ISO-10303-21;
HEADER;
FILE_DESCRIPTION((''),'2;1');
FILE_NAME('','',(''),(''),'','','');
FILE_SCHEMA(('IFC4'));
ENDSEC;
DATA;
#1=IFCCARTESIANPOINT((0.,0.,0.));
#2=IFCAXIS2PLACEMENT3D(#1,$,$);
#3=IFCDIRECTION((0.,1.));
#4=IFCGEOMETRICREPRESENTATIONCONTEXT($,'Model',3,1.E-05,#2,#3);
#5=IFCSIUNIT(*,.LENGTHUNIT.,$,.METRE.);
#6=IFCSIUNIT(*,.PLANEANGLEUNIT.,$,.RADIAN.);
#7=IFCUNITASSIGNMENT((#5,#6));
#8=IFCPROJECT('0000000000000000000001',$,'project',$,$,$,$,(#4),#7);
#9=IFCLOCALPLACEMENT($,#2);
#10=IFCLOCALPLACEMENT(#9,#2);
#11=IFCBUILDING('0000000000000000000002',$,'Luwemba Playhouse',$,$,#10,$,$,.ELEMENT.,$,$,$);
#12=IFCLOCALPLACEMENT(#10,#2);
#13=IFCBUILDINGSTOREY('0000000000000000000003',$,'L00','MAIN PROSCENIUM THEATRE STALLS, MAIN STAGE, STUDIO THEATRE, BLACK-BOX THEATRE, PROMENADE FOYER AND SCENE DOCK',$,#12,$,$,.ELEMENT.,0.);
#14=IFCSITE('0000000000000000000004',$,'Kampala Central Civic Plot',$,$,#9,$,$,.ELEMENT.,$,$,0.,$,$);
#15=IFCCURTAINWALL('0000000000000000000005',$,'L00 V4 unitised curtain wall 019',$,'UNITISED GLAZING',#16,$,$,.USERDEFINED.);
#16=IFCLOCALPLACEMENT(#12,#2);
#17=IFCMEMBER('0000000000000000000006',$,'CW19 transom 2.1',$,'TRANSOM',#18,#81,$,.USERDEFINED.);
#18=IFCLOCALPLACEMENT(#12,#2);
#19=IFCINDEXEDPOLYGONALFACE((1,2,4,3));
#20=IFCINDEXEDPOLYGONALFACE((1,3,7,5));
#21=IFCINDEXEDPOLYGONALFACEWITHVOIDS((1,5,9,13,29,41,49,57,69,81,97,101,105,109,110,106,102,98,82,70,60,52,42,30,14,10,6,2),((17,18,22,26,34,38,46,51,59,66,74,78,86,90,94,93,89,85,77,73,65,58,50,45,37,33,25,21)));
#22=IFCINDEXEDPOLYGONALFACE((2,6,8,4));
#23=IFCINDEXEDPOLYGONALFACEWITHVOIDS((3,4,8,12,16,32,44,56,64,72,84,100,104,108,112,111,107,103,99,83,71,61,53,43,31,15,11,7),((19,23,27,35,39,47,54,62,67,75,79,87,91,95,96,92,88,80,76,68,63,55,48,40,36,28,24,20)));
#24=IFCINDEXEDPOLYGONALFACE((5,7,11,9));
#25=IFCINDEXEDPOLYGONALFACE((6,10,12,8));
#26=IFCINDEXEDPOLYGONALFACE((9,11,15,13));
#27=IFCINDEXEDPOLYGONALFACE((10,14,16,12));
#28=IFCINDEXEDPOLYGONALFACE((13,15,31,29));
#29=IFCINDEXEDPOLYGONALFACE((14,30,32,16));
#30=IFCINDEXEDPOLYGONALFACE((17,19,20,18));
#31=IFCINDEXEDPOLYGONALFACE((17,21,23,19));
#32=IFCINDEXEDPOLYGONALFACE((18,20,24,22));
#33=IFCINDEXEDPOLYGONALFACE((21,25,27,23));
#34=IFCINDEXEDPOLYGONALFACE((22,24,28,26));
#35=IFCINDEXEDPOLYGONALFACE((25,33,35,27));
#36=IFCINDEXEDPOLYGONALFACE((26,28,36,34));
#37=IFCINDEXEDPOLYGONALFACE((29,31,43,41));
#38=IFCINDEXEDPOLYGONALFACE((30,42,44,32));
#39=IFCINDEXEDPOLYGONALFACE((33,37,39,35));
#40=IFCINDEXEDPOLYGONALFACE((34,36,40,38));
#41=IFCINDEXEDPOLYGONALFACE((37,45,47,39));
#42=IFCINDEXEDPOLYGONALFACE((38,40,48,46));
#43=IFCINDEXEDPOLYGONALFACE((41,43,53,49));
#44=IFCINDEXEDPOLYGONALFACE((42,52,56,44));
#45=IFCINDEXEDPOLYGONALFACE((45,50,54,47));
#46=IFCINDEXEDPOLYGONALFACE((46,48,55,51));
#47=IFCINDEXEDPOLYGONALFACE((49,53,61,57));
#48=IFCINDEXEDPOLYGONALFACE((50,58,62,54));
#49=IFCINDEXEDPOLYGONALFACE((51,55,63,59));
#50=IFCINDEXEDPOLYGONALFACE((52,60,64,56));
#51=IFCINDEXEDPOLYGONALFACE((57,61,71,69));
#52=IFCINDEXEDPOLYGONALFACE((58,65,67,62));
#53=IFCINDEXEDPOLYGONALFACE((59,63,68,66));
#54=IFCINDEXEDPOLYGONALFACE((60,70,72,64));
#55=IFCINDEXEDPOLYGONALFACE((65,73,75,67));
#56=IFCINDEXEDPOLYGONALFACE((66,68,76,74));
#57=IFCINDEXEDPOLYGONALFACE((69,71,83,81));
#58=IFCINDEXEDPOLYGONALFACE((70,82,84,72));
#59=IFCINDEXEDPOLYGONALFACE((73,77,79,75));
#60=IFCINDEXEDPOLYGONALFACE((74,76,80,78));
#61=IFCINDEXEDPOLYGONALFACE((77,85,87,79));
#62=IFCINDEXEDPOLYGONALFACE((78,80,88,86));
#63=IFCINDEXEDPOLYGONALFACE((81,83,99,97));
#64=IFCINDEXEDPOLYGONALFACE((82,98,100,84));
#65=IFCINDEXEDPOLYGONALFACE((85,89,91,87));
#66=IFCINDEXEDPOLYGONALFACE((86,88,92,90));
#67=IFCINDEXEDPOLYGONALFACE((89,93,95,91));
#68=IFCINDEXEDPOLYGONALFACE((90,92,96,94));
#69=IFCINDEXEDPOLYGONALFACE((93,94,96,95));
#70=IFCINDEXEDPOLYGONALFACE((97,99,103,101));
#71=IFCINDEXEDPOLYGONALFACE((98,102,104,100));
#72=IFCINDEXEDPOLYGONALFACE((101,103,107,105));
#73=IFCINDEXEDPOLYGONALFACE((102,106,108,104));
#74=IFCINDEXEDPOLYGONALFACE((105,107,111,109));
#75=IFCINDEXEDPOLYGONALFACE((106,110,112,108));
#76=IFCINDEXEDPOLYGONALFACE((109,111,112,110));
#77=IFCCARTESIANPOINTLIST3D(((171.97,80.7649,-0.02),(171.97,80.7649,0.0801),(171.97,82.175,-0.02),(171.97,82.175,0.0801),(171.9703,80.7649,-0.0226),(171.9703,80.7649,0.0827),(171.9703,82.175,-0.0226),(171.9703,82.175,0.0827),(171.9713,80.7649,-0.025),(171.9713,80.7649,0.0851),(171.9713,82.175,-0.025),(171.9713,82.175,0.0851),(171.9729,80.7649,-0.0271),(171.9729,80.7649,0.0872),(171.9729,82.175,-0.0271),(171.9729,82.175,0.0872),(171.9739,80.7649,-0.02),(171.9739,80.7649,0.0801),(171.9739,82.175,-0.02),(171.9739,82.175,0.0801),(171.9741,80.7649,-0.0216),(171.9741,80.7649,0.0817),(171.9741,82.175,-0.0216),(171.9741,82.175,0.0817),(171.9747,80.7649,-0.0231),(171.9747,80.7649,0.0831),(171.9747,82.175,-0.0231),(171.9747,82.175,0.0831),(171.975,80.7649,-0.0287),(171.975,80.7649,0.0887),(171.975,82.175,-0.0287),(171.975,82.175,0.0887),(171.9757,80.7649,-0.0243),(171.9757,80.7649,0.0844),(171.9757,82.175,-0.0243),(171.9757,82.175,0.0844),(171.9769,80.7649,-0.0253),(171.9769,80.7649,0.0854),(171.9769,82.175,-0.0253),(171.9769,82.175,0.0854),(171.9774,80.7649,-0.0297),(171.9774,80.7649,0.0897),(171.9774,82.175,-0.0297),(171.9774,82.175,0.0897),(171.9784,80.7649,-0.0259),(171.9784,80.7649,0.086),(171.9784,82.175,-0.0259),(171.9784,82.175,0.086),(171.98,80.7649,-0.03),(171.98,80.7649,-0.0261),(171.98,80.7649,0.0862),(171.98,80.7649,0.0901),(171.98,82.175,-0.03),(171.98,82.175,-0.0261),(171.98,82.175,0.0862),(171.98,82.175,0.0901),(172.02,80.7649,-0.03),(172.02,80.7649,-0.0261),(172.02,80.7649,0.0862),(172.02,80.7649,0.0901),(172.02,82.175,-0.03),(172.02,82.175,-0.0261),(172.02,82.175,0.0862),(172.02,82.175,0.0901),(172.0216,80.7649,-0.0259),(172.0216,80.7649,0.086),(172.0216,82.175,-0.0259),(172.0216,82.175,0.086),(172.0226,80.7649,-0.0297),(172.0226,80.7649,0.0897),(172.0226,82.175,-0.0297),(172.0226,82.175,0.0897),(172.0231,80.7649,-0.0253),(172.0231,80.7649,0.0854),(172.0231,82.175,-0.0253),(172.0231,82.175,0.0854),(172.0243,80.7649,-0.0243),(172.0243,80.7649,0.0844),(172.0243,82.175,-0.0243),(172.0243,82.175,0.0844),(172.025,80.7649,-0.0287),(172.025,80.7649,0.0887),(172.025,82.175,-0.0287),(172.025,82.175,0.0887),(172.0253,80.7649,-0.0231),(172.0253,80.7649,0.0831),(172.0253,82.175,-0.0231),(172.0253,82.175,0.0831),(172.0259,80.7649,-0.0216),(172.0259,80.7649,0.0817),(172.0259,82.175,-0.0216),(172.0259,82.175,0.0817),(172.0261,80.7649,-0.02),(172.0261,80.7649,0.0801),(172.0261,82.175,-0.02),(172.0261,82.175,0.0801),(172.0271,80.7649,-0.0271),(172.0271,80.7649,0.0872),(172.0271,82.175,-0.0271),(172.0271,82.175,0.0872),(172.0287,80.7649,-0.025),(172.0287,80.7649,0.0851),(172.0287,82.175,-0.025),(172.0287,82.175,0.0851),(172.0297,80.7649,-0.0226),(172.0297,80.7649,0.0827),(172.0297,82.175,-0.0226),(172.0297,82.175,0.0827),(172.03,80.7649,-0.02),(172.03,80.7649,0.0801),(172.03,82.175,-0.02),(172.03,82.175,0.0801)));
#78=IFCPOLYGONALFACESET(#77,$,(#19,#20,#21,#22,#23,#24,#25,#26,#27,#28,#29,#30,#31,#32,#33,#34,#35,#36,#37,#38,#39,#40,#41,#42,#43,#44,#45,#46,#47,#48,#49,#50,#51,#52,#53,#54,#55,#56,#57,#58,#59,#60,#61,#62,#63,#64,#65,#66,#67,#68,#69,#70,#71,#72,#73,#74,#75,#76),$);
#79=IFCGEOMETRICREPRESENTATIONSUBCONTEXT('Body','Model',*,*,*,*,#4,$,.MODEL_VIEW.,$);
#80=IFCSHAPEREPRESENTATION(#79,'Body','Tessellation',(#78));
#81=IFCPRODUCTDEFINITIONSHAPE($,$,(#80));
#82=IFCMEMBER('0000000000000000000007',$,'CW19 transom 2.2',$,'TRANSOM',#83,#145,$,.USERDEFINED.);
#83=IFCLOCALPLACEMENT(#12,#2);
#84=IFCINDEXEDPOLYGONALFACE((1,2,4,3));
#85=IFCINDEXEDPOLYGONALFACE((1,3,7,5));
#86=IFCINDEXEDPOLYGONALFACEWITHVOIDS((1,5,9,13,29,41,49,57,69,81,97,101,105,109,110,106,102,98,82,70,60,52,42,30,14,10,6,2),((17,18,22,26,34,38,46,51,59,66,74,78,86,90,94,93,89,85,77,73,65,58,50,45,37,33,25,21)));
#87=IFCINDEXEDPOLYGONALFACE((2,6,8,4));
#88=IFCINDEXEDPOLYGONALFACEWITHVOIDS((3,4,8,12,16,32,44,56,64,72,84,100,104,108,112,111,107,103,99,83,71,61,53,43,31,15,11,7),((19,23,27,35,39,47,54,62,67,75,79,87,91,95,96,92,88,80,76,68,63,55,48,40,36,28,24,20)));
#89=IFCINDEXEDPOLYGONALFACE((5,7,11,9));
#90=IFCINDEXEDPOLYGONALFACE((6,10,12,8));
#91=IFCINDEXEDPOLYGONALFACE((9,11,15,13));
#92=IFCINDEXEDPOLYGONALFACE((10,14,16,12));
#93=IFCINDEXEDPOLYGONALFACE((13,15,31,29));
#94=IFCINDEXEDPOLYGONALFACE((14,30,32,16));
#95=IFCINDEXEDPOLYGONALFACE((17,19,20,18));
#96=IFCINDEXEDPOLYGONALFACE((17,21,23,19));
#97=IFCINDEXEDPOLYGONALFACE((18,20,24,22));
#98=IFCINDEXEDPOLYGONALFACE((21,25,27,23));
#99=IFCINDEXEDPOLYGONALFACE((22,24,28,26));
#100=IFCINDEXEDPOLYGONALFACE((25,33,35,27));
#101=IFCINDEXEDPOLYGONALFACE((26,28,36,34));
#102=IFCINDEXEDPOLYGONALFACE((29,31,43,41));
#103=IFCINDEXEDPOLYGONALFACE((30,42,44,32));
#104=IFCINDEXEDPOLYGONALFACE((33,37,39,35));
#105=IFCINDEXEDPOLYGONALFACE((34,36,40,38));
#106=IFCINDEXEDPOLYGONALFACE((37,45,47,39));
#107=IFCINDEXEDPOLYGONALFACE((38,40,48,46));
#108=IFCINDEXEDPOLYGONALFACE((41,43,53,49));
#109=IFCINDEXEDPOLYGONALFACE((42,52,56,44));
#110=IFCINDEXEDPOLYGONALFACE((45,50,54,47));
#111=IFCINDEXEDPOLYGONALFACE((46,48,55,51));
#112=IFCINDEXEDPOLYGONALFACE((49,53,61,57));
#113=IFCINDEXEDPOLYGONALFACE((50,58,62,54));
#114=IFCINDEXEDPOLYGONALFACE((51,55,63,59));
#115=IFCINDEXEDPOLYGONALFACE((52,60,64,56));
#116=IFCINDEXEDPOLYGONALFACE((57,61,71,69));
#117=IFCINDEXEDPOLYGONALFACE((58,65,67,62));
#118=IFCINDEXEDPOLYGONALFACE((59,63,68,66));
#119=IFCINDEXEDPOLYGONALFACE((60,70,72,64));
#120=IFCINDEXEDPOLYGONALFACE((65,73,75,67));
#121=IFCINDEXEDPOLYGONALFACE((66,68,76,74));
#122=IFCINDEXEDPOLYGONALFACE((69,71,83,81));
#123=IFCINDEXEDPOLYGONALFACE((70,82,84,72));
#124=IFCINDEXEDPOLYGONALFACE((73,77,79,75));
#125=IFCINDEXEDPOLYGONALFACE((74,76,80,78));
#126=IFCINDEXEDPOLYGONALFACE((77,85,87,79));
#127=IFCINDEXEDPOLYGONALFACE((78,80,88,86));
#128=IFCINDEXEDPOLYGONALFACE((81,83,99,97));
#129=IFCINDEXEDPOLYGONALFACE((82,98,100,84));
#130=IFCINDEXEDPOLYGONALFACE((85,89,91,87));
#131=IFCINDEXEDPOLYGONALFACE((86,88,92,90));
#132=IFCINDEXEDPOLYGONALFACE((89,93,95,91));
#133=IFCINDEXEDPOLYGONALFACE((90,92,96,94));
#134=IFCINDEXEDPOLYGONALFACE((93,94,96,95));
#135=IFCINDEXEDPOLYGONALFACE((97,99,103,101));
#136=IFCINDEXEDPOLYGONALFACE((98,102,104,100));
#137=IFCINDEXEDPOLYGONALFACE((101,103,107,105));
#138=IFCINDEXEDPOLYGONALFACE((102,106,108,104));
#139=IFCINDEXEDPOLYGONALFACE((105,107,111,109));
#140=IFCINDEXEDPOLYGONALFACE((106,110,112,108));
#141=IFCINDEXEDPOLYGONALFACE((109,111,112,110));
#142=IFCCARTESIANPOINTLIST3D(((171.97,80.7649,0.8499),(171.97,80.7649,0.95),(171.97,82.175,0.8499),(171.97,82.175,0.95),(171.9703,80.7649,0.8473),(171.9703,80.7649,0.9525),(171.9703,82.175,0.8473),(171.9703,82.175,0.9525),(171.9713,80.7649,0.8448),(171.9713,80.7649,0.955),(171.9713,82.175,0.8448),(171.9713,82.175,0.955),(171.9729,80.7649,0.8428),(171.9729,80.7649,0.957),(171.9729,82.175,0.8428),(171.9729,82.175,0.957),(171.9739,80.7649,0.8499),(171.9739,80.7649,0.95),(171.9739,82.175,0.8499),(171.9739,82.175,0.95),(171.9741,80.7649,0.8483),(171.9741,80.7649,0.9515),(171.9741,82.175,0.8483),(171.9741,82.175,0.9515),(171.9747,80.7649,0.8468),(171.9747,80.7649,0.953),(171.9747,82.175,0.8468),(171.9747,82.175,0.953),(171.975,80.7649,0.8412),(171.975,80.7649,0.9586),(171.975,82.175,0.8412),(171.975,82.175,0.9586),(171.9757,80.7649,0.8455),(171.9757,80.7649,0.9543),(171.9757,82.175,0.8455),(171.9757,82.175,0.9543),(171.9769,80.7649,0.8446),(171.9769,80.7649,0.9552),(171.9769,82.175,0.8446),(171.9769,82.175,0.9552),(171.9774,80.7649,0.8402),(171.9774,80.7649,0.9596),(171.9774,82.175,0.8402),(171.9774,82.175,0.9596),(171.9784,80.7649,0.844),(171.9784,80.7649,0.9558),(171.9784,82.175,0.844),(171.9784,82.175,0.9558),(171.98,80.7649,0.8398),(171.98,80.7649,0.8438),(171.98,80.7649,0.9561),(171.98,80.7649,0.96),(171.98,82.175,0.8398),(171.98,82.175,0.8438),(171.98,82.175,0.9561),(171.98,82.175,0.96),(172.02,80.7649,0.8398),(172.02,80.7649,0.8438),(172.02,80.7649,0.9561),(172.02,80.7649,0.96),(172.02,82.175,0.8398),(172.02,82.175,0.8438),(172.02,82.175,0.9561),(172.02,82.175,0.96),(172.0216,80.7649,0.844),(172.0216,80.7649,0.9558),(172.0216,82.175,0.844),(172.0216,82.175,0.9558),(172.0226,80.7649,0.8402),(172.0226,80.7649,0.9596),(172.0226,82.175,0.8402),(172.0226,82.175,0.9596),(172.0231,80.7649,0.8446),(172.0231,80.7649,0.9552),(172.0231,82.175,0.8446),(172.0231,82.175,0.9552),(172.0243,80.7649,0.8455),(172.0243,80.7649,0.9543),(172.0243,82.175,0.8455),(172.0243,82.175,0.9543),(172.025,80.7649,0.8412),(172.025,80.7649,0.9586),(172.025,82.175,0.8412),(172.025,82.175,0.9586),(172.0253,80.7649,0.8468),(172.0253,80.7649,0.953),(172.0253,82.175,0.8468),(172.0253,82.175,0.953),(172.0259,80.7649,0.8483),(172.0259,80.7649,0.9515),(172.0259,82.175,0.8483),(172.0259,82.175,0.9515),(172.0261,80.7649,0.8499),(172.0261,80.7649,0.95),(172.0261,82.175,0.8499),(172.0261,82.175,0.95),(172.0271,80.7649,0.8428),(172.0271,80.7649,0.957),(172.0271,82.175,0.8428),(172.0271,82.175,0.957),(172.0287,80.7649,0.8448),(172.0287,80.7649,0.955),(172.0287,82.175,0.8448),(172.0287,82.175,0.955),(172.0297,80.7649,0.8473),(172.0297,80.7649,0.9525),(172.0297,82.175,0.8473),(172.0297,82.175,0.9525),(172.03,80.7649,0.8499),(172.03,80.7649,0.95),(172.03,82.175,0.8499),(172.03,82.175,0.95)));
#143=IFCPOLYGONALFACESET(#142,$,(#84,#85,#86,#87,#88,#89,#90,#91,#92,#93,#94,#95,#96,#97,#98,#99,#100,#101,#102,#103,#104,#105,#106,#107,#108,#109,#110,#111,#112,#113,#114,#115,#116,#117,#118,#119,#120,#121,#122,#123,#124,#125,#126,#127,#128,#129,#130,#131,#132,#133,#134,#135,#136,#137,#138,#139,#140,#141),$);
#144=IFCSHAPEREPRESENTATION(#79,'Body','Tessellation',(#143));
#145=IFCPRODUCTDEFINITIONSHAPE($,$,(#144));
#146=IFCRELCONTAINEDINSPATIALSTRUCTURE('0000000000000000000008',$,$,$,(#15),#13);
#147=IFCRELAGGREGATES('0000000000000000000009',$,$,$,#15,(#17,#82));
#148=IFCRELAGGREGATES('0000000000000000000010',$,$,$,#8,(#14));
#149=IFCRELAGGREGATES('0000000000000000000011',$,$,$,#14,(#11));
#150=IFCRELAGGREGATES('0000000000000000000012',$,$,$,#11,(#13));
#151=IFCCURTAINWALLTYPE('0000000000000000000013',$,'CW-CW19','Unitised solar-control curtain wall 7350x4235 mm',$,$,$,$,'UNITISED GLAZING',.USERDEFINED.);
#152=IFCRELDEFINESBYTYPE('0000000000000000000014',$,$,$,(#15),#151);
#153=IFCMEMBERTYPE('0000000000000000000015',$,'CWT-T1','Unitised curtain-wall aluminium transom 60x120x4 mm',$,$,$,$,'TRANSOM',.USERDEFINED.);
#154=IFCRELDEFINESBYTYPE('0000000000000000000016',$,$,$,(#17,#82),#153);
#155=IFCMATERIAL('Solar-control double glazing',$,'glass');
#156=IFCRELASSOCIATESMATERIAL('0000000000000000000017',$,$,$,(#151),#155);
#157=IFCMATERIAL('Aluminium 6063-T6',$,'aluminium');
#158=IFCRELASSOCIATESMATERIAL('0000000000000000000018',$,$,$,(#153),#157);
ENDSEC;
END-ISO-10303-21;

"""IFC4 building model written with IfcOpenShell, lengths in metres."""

from ifc_helpers import new_model, si_unit, direction, frame, origin, origin_2d, place, context, subcontext, project, spatial, hollow_rectangle, extrude, material, material_profile, profile_set, type_object, element, aggregate, save


model = new_model("IFC4")

# Units and contexts
model_context = context("Model", 3, precision=1e-05, world=origin(), true_north=direction((0.0, 1.0)))
body_context = subcontext(model_context, "Body", "Model", "MODEL_VIEW")
ifc_project = project(units=[si_unit("LENGTHUNIT", "METRE"), si_unit("PLANEANGLEUNIT", "RADIAN")], contexts=[model_context])

# Site, building, storey
site_placement = place(None, origin())
site = spatial("IfcSite", under=ifc_project, at=site_placement, Name="Kampala Central Civic Plot", CompositionType="ELEMENT", RefElevation=0.0)
building_placement = place(site_placement, origin())
building = spatial("IfcBuilding", under=site, at=building_placement, Name="Luwemba Playhouse", CompositionType="ELEMENT")
storey_placement = place(building_placement, origin())
storey = spatial("IfcBuildingStorey", under=building, at=storey_placement, Name="L00", Description="MAIN PROSCENIUM THEATRE STALLS, MAIN STAGE, STUDIO THEATRE, BLACK-BOX THEATRE, PROMENADE FOYER AND SCENE DOCK", CompositionType="ELEMENT", Elevation=0.0)

# Curtain wall, members
ifc_material_1 = material(Name="Solar-control double glazing", Category="glass")
curtain_wall_type = type_object("IfcCurtainWallType", Name="CW-CW19", Description="Unitised solar-control curtain wall 7350x4235 mm", ElementType="UNITISED GLAZING", PredefinedType="USERDEFINED", material=ifc_material_1)
curtain_wall_placement = place(storey_placement, origin())
curtain_wall = element("IfcCurtainWall", 1, at=curtain_wall_placement, inside=storey, type_object=curtain_wall_type, Name="L00 V4 unitised curtain wall 019", ObjectType="UNITISED GLAZING", PredefinedType="USERDEFINED")
ifc_material_2 = material(Name="Aluminium 6063-T6", Category="aluminium")
ifc_material_profile_1 = material_profile(ifc_material_2, hollow_rectangle(XDim=0.0601, YDim=0.1201, WallThickness=0.0039, InnerFilletRadius=0.0061, OuterFilletRadius=0.01, at=origin_2d()))
ifc_profile_set_1 = profile_set([ifc_material_profile_1], Name="Aluminium 6063-T6")
member_type_1 = type_object("IfcMemberType", Name="CWT-T1", Description="Unitised curtain-wall aluminium transom 60x120x4 mm", ElementType="TRANSOM", PredefinedType="USERDEFINED", material=ifc_profile_set_1)
member_1_placement = place(storey_placement, frame((172.0, 82.175, 0.03), z_axis=(0.0, -1.0, 0.0), x_axis=(1.0, 0.0, 0.0)))
member_1 = element("IfcMember", 2, at=member_1_placement, type_object=member_type_1, Name="CW19 transom 2.1", ObjectType="TRANSOM", PredefinedType="USERDEFINED", context=body_context, shape_type="SweptSolid", body=[
    extrude(hollow_rectangle(XDim=0.0601, YDim=0.1201, WallThickness=0.0039, InnerFilletRadius=0.0061, OuterFilletRadius=0.01, at=origin_2d()), origin(), (0.0, 0.0, 1.0), 1.4102),
])
member_2_placement = place(storey_placement, frame((172.0, 82.175, 0.8999), z_axis=(0.0, -1.0, 0.0), x_axis=(1.0, 0.0, 0.0)))
member_2 = element("IfcMember", 3, at=member_2_placement, type_object=member_type_1, Name="CW19 transom 2.2", ObjectType="TRANSOM", PredefinedType="USERDEFINED", context=body_context, shape_type="SweptSolid", body=[
    extrude(hollow_rectangle(XDim=0.0601, YDim=0.1201, WallThickness=0.0039, InnerFilletRadius=0.0061, OuterFilletRadius=0.01, at=origin_2d()), origin(), (0.0, 0.0, 1.0), 1.4102),
])
aggregate(curtain_wall, [member_1, member_2])

save(model, "model.ifc")
